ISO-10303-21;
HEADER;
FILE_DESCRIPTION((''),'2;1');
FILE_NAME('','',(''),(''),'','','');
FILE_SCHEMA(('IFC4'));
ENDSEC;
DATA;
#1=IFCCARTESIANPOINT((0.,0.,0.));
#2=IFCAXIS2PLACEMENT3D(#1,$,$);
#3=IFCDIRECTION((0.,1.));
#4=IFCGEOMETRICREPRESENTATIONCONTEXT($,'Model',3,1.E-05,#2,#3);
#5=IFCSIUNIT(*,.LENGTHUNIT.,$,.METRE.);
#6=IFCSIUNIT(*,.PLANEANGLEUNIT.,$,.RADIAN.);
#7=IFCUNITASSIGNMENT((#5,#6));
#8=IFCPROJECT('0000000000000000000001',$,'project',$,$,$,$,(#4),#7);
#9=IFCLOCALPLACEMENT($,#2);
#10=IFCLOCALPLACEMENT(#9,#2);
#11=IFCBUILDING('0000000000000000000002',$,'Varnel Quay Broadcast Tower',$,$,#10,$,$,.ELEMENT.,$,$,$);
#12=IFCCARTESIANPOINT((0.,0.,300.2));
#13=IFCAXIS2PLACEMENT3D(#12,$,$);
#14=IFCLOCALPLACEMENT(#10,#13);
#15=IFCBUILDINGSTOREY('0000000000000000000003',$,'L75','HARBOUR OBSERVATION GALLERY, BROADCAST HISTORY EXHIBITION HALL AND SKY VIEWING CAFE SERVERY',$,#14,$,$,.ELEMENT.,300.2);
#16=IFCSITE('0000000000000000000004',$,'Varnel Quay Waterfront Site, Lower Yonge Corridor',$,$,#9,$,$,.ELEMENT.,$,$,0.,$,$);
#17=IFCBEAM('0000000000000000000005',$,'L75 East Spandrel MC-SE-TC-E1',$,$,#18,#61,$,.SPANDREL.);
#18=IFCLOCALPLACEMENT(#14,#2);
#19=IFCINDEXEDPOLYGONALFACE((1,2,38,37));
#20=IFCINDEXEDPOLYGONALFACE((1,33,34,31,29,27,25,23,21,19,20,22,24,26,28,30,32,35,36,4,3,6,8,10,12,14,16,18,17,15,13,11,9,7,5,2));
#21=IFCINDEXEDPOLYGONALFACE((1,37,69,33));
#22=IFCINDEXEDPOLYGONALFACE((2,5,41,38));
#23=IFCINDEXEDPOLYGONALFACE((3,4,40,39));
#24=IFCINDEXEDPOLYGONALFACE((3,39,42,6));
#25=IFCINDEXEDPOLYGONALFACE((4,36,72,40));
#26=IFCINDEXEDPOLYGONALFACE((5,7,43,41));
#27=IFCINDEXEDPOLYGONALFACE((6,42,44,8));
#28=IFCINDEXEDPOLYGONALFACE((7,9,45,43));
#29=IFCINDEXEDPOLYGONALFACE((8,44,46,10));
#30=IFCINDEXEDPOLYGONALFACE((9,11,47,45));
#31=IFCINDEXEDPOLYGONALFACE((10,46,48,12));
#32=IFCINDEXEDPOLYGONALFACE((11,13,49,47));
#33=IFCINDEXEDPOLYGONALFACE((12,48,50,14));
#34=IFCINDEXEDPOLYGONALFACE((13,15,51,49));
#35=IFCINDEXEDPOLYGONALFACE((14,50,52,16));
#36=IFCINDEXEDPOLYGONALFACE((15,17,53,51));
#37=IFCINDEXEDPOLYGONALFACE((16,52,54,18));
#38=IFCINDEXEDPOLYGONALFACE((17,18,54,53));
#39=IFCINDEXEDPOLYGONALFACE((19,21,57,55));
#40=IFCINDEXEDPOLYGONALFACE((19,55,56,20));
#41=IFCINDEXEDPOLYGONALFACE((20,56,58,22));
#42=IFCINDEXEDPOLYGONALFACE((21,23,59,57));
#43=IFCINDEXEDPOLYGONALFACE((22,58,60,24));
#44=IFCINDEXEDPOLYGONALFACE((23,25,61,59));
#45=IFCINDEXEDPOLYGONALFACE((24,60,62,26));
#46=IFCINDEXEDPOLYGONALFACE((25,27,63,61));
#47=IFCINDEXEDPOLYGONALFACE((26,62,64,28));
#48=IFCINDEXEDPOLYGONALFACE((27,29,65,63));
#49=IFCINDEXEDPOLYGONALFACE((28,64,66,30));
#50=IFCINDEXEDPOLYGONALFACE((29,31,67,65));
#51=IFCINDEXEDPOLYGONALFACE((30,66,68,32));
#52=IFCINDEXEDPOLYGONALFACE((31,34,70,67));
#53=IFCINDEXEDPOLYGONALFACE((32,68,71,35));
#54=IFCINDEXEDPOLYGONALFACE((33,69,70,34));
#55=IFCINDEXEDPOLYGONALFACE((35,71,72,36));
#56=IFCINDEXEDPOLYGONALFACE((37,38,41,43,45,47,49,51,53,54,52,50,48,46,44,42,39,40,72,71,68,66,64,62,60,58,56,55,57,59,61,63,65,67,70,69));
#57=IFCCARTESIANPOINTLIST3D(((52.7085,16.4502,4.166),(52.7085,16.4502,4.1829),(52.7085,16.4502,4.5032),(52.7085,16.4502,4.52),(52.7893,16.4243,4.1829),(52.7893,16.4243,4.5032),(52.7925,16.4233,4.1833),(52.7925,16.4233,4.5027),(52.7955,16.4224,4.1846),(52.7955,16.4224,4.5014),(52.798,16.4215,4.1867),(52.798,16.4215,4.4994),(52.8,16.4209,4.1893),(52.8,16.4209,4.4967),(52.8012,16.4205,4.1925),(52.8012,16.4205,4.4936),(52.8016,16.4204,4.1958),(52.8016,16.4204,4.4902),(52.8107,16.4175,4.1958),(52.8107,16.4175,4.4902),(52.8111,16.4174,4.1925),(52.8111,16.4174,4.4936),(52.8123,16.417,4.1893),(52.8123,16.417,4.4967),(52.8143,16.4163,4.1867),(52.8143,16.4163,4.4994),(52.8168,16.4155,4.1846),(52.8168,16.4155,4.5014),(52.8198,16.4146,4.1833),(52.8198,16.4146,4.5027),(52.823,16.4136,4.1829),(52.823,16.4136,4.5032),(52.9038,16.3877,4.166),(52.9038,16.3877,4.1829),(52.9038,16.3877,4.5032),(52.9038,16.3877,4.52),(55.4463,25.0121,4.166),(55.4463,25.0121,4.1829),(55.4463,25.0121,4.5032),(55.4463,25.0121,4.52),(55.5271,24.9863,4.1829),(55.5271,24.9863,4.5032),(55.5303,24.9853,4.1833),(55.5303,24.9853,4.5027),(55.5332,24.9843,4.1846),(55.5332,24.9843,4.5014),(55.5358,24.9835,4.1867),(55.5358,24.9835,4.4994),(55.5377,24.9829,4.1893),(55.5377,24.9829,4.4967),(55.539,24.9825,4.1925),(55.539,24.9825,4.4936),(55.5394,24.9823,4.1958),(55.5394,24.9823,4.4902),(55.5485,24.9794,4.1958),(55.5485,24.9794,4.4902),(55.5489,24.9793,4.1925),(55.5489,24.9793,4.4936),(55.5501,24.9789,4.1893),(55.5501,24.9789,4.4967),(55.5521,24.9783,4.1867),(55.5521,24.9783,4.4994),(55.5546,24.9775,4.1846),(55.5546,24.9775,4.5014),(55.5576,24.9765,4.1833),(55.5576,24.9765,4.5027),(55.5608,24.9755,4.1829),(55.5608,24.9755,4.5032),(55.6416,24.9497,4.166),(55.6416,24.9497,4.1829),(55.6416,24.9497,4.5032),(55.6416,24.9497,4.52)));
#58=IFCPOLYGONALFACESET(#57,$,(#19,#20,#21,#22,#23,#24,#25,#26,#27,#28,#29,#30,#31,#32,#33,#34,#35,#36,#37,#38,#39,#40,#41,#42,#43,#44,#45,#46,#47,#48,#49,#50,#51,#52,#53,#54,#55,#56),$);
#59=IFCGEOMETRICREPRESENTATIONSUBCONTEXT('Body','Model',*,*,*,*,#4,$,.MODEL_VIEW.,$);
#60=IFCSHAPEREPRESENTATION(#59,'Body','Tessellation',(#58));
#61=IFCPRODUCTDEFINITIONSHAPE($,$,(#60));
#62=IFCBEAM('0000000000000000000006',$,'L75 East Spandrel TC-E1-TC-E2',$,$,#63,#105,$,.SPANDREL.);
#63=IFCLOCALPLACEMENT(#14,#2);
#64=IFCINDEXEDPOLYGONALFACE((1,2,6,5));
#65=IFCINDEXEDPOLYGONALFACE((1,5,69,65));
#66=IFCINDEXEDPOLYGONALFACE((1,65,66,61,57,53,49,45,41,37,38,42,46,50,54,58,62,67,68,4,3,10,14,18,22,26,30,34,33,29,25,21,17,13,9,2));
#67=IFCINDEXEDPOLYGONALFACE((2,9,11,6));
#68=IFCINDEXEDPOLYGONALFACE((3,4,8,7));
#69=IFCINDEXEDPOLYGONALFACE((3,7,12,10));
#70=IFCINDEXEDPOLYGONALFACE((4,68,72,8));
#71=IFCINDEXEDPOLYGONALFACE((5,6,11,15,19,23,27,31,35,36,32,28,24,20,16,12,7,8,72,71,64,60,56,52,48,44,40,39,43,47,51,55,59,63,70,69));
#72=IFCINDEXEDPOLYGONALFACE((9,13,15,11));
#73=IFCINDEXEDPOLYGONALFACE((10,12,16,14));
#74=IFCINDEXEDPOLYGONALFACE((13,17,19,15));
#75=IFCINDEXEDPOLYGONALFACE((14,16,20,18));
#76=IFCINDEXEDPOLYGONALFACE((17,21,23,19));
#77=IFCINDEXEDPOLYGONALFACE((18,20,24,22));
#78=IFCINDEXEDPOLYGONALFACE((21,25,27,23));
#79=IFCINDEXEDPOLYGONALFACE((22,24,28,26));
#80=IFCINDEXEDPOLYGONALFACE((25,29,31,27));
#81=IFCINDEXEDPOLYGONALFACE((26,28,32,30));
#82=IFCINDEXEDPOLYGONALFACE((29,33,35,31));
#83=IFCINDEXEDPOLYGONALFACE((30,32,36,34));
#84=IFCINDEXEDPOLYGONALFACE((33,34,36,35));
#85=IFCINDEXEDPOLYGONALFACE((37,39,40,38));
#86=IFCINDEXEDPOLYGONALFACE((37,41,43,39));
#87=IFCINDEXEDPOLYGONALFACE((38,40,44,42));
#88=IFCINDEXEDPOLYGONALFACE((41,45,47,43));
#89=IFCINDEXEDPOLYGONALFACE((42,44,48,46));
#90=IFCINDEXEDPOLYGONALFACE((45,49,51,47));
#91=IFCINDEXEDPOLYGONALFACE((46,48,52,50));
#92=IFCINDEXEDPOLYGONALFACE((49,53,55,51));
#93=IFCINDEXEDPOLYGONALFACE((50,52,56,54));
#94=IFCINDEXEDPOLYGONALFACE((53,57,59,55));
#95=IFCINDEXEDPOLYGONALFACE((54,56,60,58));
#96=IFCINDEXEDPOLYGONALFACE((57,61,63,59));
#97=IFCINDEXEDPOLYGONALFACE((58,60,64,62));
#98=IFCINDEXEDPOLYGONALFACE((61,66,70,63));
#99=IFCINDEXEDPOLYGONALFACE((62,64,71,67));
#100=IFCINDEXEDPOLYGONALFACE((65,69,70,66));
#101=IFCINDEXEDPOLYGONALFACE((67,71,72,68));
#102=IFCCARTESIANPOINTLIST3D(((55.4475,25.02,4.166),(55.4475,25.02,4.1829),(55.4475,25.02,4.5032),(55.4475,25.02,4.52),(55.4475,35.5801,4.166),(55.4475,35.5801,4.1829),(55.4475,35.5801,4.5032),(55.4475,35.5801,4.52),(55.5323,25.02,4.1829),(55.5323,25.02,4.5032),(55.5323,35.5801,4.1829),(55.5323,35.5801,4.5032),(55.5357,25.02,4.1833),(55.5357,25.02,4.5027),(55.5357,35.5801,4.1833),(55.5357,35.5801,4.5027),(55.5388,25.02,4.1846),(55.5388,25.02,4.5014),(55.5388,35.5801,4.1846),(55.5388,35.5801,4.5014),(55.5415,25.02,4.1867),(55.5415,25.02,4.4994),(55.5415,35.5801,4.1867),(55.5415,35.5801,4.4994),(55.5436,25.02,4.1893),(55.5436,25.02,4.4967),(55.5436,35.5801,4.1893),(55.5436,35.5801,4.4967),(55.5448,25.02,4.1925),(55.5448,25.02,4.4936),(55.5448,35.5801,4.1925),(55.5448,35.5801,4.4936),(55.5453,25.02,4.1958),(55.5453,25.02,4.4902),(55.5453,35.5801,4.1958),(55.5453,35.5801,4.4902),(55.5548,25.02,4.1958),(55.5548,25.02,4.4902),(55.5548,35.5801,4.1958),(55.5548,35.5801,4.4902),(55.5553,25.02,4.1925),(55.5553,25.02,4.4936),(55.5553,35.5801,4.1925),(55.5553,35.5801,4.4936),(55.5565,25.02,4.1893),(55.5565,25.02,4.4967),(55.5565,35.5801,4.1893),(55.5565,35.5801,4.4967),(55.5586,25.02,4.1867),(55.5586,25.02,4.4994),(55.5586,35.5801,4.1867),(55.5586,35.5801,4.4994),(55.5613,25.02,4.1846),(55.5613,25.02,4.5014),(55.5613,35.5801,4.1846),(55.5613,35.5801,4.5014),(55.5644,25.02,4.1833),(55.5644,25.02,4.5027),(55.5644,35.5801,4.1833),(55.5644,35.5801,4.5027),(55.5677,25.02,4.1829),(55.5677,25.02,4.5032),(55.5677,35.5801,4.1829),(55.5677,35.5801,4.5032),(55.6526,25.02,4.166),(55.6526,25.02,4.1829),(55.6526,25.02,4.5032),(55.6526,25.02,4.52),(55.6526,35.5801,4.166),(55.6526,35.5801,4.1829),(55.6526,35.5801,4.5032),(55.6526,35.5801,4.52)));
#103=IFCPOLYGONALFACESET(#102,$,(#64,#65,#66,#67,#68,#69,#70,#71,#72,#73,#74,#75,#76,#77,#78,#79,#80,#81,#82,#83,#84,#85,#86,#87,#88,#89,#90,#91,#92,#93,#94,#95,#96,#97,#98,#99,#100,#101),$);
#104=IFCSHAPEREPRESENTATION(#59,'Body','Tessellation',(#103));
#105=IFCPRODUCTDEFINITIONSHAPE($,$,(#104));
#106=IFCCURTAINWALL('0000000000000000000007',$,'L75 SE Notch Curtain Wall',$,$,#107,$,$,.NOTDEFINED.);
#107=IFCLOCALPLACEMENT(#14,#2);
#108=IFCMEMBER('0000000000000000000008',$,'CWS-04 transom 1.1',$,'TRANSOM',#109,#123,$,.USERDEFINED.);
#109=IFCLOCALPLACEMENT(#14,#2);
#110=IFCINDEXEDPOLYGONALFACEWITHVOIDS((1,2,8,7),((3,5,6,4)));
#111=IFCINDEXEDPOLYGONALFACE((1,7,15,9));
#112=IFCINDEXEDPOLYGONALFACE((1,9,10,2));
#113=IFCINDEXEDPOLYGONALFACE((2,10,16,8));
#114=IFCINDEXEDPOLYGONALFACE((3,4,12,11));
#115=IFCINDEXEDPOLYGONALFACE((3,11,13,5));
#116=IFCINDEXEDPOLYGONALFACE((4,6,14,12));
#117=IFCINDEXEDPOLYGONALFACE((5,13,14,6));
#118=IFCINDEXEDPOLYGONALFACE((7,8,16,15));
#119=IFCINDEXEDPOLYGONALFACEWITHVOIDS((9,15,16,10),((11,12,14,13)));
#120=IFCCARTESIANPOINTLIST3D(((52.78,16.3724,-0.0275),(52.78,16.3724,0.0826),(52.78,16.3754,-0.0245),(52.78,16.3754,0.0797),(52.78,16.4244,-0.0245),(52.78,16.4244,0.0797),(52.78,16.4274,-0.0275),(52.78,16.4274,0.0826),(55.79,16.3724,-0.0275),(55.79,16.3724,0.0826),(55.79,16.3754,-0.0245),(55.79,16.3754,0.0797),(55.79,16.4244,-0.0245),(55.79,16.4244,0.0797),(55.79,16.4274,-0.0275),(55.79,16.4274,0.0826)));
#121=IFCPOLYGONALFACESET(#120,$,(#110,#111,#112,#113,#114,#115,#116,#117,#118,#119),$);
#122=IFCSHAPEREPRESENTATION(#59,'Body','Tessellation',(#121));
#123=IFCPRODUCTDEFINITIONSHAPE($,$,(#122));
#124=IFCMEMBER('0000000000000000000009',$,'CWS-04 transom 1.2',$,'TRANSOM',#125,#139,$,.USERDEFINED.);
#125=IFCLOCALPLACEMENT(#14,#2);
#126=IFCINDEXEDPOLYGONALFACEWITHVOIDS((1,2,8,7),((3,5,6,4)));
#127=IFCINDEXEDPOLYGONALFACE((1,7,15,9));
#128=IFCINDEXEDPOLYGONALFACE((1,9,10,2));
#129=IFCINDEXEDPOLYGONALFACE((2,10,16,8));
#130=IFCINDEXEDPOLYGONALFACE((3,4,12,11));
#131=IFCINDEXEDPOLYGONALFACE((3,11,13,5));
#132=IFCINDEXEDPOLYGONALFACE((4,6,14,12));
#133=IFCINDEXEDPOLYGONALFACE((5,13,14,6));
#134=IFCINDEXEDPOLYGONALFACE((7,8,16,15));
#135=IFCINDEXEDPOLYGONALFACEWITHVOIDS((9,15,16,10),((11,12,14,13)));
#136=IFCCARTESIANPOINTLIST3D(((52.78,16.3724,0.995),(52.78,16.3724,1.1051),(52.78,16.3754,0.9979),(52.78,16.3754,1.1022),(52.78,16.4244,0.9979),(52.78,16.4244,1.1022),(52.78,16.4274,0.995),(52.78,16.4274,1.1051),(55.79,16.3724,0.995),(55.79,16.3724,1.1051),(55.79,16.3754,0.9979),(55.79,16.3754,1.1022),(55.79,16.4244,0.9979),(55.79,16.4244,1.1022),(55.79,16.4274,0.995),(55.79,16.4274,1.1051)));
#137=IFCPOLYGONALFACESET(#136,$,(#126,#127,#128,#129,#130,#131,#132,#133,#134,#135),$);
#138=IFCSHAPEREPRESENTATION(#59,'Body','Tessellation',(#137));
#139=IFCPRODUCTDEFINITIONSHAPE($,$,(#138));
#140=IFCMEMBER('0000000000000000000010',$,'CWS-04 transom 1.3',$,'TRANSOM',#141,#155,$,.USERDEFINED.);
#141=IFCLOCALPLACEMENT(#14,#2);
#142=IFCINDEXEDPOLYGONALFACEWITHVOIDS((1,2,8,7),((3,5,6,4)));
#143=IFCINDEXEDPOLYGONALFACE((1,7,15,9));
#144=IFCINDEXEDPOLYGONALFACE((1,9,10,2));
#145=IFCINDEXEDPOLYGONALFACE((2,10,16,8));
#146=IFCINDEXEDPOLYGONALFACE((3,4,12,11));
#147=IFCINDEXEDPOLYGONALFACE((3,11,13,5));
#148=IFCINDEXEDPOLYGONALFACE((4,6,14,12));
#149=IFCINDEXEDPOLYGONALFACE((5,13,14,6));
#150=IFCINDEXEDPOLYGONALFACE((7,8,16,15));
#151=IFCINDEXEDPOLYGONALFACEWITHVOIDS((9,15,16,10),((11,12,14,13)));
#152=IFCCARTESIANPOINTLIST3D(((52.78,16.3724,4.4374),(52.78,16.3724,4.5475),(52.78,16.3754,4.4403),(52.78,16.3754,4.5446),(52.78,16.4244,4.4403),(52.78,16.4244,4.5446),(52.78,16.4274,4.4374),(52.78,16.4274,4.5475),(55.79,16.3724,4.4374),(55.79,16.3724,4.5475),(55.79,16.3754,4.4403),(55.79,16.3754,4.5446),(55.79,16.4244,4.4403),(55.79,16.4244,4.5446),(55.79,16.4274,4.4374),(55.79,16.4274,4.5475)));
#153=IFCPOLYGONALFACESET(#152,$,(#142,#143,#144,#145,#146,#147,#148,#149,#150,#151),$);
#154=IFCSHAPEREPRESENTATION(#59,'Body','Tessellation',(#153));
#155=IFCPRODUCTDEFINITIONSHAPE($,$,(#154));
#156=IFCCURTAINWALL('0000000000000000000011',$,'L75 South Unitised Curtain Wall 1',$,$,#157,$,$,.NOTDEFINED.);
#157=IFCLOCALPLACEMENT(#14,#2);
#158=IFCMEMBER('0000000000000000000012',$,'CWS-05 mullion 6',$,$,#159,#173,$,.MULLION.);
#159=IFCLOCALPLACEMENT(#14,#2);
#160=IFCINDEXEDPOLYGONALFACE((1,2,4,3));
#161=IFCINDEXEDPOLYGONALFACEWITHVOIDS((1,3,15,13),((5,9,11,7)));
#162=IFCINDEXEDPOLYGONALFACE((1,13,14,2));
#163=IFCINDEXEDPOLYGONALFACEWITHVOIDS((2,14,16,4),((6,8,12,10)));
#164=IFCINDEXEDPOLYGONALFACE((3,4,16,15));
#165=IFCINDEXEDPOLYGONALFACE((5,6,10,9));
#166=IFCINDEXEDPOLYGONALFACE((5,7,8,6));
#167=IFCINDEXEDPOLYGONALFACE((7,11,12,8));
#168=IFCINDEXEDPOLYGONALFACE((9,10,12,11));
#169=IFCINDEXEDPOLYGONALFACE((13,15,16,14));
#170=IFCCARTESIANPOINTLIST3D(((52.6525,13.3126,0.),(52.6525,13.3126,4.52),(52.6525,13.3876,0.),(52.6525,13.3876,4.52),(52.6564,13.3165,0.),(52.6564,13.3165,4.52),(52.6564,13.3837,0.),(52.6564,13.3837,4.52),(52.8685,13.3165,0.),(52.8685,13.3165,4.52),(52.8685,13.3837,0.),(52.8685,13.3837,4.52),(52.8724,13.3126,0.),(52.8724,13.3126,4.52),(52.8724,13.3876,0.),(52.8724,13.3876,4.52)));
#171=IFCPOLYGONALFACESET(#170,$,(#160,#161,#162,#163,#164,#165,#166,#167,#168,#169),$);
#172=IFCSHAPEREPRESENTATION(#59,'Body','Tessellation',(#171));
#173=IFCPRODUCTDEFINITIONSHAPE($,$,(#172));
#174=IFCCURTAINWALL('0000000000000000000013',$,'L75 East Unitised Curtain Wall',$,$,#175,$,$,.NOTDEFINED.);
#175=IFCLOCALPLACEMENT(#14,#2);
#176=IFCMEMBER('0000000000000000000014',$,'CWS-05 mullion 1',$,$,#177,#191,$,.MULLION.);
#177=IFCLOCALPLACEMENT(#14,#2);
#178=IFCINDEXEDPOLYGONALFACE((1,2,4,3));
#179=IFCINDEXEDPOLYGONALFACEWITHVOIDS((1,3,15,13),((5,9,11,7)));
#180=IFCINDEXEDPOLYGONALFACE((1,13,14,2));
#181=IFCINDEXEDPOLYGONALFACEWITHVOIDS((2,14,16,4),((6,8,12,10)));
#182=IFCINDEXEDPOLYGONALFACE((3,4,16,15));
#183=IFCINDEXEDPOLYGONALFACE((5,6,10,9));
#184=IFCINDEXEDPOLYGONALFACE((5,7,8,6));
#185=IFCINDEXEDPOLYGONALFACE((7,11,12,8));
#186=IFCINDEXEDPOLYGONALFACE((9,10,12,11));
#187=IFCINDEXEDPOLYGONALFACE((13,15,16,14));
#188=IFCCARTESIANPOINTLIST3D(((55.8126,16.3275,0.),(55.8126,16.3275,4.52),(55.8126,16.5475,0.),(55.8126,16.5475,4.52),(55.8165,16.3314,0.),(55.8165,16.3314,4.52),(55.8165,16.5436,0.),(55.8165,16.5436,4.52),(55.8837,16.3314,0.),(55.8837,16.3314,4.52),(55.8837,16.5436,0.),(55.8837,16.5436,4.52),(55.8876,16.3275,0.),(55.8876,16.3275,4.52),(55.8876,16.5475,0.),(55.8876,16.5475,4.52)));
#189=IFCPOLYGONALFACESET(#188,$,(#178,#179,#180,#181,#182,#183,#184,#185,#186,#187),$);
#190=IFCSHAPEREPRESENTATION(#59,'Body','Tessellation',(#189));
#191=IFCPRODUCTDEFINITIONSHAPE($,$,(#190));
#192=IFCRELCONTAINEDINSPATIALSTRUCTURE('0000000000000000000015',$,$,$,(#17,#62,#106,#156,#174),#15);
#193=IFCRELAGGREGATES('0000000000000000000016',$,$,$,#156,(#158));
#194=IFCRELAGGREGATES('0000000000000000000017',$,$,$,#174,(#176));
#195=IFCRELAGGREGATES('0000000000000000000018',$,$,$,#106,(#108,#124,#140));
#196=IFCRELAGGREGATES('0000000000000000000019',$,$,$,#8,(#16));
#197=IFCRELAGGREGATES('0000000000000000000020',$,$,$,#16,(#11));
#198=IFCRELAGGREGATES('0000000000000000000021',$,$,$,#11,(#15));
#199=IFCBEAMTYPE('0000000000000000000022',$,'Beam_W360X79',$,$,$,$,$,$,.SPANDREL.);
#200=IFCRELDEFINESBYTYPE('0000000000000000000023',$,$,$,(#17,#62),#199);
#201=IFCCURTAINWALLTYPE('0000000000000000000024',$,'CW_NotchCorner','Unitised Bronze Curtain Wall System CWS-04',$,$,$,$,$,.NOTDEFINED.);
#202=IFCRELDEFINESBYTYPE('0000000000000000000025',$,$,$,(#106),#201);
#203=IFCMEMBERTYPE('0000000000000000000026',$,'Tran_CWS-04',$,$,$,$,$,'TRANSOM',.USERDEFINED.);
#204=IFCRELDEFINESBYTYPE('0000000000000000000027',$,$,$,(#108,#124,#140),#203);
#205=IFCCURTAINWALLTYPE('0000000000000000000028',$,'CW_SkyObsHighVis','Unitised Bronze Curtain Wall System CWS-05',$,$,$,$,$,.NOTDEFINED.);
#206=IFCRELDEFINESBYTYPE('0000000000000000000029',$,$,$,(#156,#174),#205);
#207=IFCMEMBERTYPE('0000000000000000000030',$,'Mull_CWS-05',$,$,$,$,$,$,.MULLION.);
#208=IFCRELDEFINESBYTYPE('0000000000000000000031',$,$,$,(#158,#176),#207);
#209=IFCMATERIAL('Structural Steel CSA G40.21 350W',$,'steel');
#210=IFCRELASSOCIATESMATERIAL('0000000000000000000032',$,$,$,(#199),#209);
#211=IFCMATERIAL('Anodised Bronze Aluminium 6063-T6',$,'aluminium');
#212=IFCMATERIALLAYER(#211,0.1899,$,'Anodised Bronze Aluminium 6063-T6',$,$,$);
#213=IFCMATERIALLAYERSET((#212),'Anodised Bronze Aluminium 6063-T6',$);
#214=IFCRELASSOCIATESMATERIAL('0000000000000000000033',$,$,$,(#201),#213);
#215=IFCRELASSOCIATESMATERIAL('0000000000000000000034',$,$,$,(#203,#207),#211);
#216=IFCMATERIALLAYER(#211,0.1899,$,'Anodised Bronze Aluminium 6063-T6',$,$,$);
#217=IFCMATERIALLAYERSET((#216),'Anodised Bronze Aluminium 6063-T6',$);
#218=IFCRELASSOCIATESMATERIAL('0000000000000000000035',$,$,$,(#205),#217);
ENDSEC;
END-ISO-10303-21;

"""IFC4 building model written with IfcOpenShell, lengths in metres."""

from ifc_helpers import new_model, si_unit, direction, frame, origin, origin_2d, place, context, subcontext, project, spatial, hollow_rectangle, i_section, extrude, source, transform, mapped, material, layer, layer_set, material_profile, profile_set, type_object, type_shapes, element, aggregate, save


model = new_model("IFC4")

# Units and contexts
model_context = context("Model", 3, precision=1e-05, world=origin(), true_north=direction((0.0, 1.0)))
body_context = subcontext(model_context, "Body", "Model", "MODEL_VIEW")
ifc_project = project(units=[si_unit("LENGTHUNIT", "METRE"), si_unit("PLANEANGLEUNIT", "RADIAN")], contexts=[model_context])

# Site, building, storey
site_placement = place(None, origin())
site = spatial("IfcSite", under=ifc_project, at=site_placement, Name="Varnel Quay Waterfront Site, Lower Yonge Corridor", CompositionType="ELEMENT", RefElevation=0.0)
building_placement = place(site_placement, origin())
building = spatial("IfcBuilding", under=site, at=building_placement, Name="Varnel Quay Broadcast Tower", CompositionType="ELEMENT")
storey_placement = place(building_placement, frame((0.0, 0.0, 300.2)))
storey = spatial("IfcBuildingStorey", under=building, at=storey_placement, Name="L75", Description="HARBOUR OBSERVATION GALLERY, BROADCAST HISTORY EXHIBITION HALL AND SKY VIEWING CAFE SERVERY", CompositionType="ELEMENT", Elevation=300.2)

# Shared definitions
ifc_material_1 = material(Name="Structural Steel CSA G40.21 350W", Category="steel")

# Beams
ifc_material_profile_1 = material_profile(ifc_material_1, i_section(OverallWidth=0.2051, OverallDepth=0.354, WebThickness=0.0095, FlangeThickness=0.0168, FilletRadius=0.0129, at=origin_2d()), Name="W360X79")
ifc_profile_set_1 = profile_set([ifc_material_profile_1], Name="Structural Steel CSA G40.21 350W")
beam_type = type_object("IfcBeamType", Name="Beam_W360X79", PredefinedType="SPANDREL", material=ifc_profile_set_1)
shared_shape_1 = source(origin(), body_context, "Body", "SweptSolid", [
    extrude(i_section(OverallWidth=0.2051, OverallDepth=0.354, WebThickness=0.0095, FlangeThickness=0.0168, FilletRadius=0.0129, at=origin_2d()), origin(), (0.0, 0.0, 1.0), 8.989),
])
beam_1_placement = place(storey_placement, frame((52.8062, 16.4189, 4.343), z_axis=(0.304569, 0.95249, 0.0), x_axis=(-0.95249, 0.304569, 0.0)))
element("IfcBeam", 1, at=beam_1_placement, inside=storey, type_object=beam_type, Name="L75 East Spandrel MC-SE-TC-E1", PredefinedType="SPANDREL", context=body_context, shape_type="MappedRepresentation", body=[
    mapped(shared_shape_1, transform((0.0, 0.0, 0.0), x_axis=(1.0, 0.0, 0.0), y_axis=(0.0, 1.0, 0.0), z_axis=(0.0, 0.0, 1.0), scale=1.0)),
])
shared_shape_2 = source(origin(), body_context, "Body", "SweptSolid", [
    extrude(i_section(OverallWidth=0.2051, OverallDepth=0.354, WebThickness=0.0095, FlangeThickness=0.0168, FilletRadius=0.0129, at=origin_2d()), origin(), (0.0, 0.0, 1.0), 10.5601),
])
beam_2_placement = place(storey_placement, frame((55.55, 25.02, 4.343), z_axis=(0.0, 1.0, 0.0), x_axis=(-1.0, 0.0, 0.0)))
element("IfcBeam", 2, at=beam_2_placement, inside=storey, type_object=beam_type, Name="L75 East Spandrel TC-E1-TC-E2", PredefinedType="SPANDREL", context=body_context, shape_type="MappedRepresentation", body=[
    mapped(shared_shape_2, transform((0.0, 0.0, 0.0), x_axis=(1.0, 0.0, 0.0), y_axis=(0.0, 1.0, 0.0), z_axis=(0.0, 0.0, 1.0), scale=1.0)),
])

# Curtain wall, members
ifc_material_2 = material(Name="Anodised Bronze Aluminium 6063-T6", Category="aluminium")
ifc_layer_1 = layer(ifc_material_2, 0.1899, Name="Anodised Bronze Aluminium 6063-T6")
ifc_layer_set_1 = layer_set([ifc_layer_1], Name="Anodised Bronze Aluminium 6063-T6")
curtain_wall_type_1 = type_object("IfcCurtainWallType", Name="CW_NotchCorner", Description="Unitised Bronze Curtain Wall System CWS-04", PredefinedType="NOTDEFINED", material=ifc_layer_set_1)
curtain_wall_1_placement = place(storey_placement, origin())
curtain_wall_1 = element("IfcCurtainWall", 3, at=curtain_wall_1_placement, inside=storey, type_object=curtain_wall_type_1, Name="L75 SE Notch Curtain Wall", PredefinedType="NOTDEFINED")
ifc_material_profile_2 = material_profile(ifc_material_2, hollow_rectangle(XDim=0.0549, YDim=0.1101, WallThickness=0.0029, at=origin_2d()), Name="ALU55X110X3")
ifc_profile_set_2 = profile_set([ifc_material_profile_2], Name="Anodised Bronze Aluminium 6063-T6")
member_type_1 = type_object("IfcMemberType", Name="Tran_CWS-04", ElementType="TRANSOM", PredefinedType="USERDEFINED", material=ifc_profile_set_2)
shared_shape_3 = source(origin(), body_context, "Body", "SweptSolid", [
    extrude(hollow_rectangle(XDim=0.0549, YDim=0.1101, WallThickness=0.0029, at=origin_2d()), origin(), (0.0, 0.0, 1.0), 3.01),
])
type_shapes(member_type_1, [shared_shape_3])
member_1_placement = place(storey_placement, frame((52.78, 16.3999, 0.0276), z_axis=(1.0, 0.0, 0.0), x_axis=(0.0, 1.0, 0.0)))
member_1 = element("IfcMember", 4, at=member_1_placement, type_object=member_type_1, Name="CWS-04 transom 1.1", ObjectType="TRANSOM", PredefinedType="USERDEFINED", context=body_context, shape_type="MappedRepresentation", body=[
    mapped(shared_shape_3, transform((0.0, 0.0, 0.0), x_axis=(1.0, 0.0, 0.0), y_axis=(0.0, 1.0, 0.0), z_axis=(0.0, 0.0, 1.0), scale=1.0)),
])
member_2_placement = place(storey_placement, frame((52.78, 16.3999, 1.05), z_axis=(1.0, 0.0, 0.0), x_axis=(0.0, 1.0, 0.0)))
member_2 = element("IfcMember", 5, at=member_2_placement, type_object=member_type_1, Name="CWS-04 transom 1.2", ObjectType="TRANSOM", PredefinedType="USERDEFINED", context=body_context, shape_type="MappedRepresentation", body=[
    mapped(shared_shape_3, transform((0.0, 0.0, 0.0), x_axis=(1.0, 0.0, 0.0), y_axis=(0.0, 1.0, 0.0), z_axis=(0.0, 0.0, 1.0), scale=1.0)),
])
member_3_placement = place(storey_placement, frame((52.78, 16.3999, 4.4924), z_axis=(1.0, 0.0, 0.0), x_axis=(0.0, 1.0, 0.0)))
member_3 = element("IfcMember", 6, at=member_3_placement, type_object=member_type_1, Name="CWS-04 transom 1.3", ObjectType="TRANSOM", PredefinedType="USERDEFINED", context=body_context, shape_type="MappedRepresentation", body=[
    mapped(shared_shape_3, transform((0.0, 0.0, 0.0), x_axis=(1.0, 0.0, 0.0), y_axis=(0.0, 1.0, 0.0), z_axis=(0.0, 0.0, 1.0), scale=1.0)),
])

# Curtain wall, member
ifc_layer_2 = layer(ifc_material_2, 0.1899, Name="Anodised Bronze Aluminium 6063-T6")
ifc_layer_set_2 = layer_set([ifc_layer_2], Name="Anodised Bronze Aluminium 6063-T6")
curtain_wall_type_2 = type_object("IfcCurtainWallType", Name="CW_SkyObsHighVis", Description="Unitised Bronze Curtain Wall System CWS-05", PredefinedType="NOTDEFINED", material=ifc_layer_set_2)
curtain_wall_2_placement = place(storey_placement, origin())
curtain_wall_2 = element("IfcCurtainWall", 7, at=curtain_wall_2_placement, inside=storey, type_object=curtain_wall_type_2, Name="L75 South Unitised Curtain Wall 1", PredefinedType="NOTDEFINED")
ifc_material_profile_3 = material_profile(ifc_material_2, hollow_rectangle(XDim=0.075, YDim=0.22, WallThickness=0.0039, at=origin_2d()), Name="ALU75X220X4")
ifc_profile_set_3 = profile_set([ifc_material_profile_3], Name="Anodised Bronze Aluminium 6063-T6")
member_type_2 = type_object("IfcMemberType", Name="Mull_CWS-05", PredefinedType="MULLION", material=ifc_profile_set_3)
shared_shape_4 = source(origin(), body_context, "Body", "SweptSolid", [
    extrude(hollow_rectangle(XDim=0.075, YDim=0.22, WallThickness=0.0039, at=origin_2d()), origin(), (0.0, 0.0, 1.0), 4.52),
])
type_shapes(member_type_2, [shared_shape_4])
member_4_placement = place(storey_placement, frame((52.7625, 13.3501, 0.0), z_axis=(0.0, 0.0, 1.0), x_axis=(0.0, 1.0, 0.0)))
member_4 = element("IfcMember", 8, at=member_4_placement, type_object=member_type_2, Name="CWS-05 mullion 6", PredefinedType="MULLION", context=body_context, shape_type="MappedRepresentation", body=[
    mapped(shared_shape_4, transform((0.0, 0.0, 0.0), x_axis=(1.0, 0.0, 0.0), y_axis=(0.0, 1.0, 0.0), z_axis=(0.0, 0.0, 1.0), scale=1.0)),
])

# Curtain wall, member
curtain_wall_3_placement = place(storey_placement, origin())
curtain_wall_3 = element("IfcCurtainWall", 9, at=curtain_wall_3_placement, inside=storey, type_object=curtain_wall_type_2, Name="L75 East Unitised Curtain Wall", PredefinedType="NOTDEFINED")
member_5_placement = place(storey_placement, frame((55.8501, 16.4375, 0.0), z_axis=(0.0, 0.0, 1.0), x_axis=(-1.0, 0.0, 0.0)))
member_5 = element("IfcMember", 10, at=member_5_placement, type_object=member_type_2, Name="CWS-05 mullion 1", PredefinedType="MULLION", context=body_context, shape_type="MappedRepresentation", body=[
    mapped(shared_shape_4, transform((0.0, 0.0, 0.0), x_axis=(1.0, 0.0, 0.0), y_axis=(0.0, 1.0, 0.0), z_axis=(0.0, 0.0, 1.0), scale=1.0)),
])

aggregate(curtain_wall_2, [member_4])
aggregate(curtain_wall_3, [member_5])
aggregate(curtain_wall_1, [member_1, member_2, member_3])

save(model, "model.ifc")
